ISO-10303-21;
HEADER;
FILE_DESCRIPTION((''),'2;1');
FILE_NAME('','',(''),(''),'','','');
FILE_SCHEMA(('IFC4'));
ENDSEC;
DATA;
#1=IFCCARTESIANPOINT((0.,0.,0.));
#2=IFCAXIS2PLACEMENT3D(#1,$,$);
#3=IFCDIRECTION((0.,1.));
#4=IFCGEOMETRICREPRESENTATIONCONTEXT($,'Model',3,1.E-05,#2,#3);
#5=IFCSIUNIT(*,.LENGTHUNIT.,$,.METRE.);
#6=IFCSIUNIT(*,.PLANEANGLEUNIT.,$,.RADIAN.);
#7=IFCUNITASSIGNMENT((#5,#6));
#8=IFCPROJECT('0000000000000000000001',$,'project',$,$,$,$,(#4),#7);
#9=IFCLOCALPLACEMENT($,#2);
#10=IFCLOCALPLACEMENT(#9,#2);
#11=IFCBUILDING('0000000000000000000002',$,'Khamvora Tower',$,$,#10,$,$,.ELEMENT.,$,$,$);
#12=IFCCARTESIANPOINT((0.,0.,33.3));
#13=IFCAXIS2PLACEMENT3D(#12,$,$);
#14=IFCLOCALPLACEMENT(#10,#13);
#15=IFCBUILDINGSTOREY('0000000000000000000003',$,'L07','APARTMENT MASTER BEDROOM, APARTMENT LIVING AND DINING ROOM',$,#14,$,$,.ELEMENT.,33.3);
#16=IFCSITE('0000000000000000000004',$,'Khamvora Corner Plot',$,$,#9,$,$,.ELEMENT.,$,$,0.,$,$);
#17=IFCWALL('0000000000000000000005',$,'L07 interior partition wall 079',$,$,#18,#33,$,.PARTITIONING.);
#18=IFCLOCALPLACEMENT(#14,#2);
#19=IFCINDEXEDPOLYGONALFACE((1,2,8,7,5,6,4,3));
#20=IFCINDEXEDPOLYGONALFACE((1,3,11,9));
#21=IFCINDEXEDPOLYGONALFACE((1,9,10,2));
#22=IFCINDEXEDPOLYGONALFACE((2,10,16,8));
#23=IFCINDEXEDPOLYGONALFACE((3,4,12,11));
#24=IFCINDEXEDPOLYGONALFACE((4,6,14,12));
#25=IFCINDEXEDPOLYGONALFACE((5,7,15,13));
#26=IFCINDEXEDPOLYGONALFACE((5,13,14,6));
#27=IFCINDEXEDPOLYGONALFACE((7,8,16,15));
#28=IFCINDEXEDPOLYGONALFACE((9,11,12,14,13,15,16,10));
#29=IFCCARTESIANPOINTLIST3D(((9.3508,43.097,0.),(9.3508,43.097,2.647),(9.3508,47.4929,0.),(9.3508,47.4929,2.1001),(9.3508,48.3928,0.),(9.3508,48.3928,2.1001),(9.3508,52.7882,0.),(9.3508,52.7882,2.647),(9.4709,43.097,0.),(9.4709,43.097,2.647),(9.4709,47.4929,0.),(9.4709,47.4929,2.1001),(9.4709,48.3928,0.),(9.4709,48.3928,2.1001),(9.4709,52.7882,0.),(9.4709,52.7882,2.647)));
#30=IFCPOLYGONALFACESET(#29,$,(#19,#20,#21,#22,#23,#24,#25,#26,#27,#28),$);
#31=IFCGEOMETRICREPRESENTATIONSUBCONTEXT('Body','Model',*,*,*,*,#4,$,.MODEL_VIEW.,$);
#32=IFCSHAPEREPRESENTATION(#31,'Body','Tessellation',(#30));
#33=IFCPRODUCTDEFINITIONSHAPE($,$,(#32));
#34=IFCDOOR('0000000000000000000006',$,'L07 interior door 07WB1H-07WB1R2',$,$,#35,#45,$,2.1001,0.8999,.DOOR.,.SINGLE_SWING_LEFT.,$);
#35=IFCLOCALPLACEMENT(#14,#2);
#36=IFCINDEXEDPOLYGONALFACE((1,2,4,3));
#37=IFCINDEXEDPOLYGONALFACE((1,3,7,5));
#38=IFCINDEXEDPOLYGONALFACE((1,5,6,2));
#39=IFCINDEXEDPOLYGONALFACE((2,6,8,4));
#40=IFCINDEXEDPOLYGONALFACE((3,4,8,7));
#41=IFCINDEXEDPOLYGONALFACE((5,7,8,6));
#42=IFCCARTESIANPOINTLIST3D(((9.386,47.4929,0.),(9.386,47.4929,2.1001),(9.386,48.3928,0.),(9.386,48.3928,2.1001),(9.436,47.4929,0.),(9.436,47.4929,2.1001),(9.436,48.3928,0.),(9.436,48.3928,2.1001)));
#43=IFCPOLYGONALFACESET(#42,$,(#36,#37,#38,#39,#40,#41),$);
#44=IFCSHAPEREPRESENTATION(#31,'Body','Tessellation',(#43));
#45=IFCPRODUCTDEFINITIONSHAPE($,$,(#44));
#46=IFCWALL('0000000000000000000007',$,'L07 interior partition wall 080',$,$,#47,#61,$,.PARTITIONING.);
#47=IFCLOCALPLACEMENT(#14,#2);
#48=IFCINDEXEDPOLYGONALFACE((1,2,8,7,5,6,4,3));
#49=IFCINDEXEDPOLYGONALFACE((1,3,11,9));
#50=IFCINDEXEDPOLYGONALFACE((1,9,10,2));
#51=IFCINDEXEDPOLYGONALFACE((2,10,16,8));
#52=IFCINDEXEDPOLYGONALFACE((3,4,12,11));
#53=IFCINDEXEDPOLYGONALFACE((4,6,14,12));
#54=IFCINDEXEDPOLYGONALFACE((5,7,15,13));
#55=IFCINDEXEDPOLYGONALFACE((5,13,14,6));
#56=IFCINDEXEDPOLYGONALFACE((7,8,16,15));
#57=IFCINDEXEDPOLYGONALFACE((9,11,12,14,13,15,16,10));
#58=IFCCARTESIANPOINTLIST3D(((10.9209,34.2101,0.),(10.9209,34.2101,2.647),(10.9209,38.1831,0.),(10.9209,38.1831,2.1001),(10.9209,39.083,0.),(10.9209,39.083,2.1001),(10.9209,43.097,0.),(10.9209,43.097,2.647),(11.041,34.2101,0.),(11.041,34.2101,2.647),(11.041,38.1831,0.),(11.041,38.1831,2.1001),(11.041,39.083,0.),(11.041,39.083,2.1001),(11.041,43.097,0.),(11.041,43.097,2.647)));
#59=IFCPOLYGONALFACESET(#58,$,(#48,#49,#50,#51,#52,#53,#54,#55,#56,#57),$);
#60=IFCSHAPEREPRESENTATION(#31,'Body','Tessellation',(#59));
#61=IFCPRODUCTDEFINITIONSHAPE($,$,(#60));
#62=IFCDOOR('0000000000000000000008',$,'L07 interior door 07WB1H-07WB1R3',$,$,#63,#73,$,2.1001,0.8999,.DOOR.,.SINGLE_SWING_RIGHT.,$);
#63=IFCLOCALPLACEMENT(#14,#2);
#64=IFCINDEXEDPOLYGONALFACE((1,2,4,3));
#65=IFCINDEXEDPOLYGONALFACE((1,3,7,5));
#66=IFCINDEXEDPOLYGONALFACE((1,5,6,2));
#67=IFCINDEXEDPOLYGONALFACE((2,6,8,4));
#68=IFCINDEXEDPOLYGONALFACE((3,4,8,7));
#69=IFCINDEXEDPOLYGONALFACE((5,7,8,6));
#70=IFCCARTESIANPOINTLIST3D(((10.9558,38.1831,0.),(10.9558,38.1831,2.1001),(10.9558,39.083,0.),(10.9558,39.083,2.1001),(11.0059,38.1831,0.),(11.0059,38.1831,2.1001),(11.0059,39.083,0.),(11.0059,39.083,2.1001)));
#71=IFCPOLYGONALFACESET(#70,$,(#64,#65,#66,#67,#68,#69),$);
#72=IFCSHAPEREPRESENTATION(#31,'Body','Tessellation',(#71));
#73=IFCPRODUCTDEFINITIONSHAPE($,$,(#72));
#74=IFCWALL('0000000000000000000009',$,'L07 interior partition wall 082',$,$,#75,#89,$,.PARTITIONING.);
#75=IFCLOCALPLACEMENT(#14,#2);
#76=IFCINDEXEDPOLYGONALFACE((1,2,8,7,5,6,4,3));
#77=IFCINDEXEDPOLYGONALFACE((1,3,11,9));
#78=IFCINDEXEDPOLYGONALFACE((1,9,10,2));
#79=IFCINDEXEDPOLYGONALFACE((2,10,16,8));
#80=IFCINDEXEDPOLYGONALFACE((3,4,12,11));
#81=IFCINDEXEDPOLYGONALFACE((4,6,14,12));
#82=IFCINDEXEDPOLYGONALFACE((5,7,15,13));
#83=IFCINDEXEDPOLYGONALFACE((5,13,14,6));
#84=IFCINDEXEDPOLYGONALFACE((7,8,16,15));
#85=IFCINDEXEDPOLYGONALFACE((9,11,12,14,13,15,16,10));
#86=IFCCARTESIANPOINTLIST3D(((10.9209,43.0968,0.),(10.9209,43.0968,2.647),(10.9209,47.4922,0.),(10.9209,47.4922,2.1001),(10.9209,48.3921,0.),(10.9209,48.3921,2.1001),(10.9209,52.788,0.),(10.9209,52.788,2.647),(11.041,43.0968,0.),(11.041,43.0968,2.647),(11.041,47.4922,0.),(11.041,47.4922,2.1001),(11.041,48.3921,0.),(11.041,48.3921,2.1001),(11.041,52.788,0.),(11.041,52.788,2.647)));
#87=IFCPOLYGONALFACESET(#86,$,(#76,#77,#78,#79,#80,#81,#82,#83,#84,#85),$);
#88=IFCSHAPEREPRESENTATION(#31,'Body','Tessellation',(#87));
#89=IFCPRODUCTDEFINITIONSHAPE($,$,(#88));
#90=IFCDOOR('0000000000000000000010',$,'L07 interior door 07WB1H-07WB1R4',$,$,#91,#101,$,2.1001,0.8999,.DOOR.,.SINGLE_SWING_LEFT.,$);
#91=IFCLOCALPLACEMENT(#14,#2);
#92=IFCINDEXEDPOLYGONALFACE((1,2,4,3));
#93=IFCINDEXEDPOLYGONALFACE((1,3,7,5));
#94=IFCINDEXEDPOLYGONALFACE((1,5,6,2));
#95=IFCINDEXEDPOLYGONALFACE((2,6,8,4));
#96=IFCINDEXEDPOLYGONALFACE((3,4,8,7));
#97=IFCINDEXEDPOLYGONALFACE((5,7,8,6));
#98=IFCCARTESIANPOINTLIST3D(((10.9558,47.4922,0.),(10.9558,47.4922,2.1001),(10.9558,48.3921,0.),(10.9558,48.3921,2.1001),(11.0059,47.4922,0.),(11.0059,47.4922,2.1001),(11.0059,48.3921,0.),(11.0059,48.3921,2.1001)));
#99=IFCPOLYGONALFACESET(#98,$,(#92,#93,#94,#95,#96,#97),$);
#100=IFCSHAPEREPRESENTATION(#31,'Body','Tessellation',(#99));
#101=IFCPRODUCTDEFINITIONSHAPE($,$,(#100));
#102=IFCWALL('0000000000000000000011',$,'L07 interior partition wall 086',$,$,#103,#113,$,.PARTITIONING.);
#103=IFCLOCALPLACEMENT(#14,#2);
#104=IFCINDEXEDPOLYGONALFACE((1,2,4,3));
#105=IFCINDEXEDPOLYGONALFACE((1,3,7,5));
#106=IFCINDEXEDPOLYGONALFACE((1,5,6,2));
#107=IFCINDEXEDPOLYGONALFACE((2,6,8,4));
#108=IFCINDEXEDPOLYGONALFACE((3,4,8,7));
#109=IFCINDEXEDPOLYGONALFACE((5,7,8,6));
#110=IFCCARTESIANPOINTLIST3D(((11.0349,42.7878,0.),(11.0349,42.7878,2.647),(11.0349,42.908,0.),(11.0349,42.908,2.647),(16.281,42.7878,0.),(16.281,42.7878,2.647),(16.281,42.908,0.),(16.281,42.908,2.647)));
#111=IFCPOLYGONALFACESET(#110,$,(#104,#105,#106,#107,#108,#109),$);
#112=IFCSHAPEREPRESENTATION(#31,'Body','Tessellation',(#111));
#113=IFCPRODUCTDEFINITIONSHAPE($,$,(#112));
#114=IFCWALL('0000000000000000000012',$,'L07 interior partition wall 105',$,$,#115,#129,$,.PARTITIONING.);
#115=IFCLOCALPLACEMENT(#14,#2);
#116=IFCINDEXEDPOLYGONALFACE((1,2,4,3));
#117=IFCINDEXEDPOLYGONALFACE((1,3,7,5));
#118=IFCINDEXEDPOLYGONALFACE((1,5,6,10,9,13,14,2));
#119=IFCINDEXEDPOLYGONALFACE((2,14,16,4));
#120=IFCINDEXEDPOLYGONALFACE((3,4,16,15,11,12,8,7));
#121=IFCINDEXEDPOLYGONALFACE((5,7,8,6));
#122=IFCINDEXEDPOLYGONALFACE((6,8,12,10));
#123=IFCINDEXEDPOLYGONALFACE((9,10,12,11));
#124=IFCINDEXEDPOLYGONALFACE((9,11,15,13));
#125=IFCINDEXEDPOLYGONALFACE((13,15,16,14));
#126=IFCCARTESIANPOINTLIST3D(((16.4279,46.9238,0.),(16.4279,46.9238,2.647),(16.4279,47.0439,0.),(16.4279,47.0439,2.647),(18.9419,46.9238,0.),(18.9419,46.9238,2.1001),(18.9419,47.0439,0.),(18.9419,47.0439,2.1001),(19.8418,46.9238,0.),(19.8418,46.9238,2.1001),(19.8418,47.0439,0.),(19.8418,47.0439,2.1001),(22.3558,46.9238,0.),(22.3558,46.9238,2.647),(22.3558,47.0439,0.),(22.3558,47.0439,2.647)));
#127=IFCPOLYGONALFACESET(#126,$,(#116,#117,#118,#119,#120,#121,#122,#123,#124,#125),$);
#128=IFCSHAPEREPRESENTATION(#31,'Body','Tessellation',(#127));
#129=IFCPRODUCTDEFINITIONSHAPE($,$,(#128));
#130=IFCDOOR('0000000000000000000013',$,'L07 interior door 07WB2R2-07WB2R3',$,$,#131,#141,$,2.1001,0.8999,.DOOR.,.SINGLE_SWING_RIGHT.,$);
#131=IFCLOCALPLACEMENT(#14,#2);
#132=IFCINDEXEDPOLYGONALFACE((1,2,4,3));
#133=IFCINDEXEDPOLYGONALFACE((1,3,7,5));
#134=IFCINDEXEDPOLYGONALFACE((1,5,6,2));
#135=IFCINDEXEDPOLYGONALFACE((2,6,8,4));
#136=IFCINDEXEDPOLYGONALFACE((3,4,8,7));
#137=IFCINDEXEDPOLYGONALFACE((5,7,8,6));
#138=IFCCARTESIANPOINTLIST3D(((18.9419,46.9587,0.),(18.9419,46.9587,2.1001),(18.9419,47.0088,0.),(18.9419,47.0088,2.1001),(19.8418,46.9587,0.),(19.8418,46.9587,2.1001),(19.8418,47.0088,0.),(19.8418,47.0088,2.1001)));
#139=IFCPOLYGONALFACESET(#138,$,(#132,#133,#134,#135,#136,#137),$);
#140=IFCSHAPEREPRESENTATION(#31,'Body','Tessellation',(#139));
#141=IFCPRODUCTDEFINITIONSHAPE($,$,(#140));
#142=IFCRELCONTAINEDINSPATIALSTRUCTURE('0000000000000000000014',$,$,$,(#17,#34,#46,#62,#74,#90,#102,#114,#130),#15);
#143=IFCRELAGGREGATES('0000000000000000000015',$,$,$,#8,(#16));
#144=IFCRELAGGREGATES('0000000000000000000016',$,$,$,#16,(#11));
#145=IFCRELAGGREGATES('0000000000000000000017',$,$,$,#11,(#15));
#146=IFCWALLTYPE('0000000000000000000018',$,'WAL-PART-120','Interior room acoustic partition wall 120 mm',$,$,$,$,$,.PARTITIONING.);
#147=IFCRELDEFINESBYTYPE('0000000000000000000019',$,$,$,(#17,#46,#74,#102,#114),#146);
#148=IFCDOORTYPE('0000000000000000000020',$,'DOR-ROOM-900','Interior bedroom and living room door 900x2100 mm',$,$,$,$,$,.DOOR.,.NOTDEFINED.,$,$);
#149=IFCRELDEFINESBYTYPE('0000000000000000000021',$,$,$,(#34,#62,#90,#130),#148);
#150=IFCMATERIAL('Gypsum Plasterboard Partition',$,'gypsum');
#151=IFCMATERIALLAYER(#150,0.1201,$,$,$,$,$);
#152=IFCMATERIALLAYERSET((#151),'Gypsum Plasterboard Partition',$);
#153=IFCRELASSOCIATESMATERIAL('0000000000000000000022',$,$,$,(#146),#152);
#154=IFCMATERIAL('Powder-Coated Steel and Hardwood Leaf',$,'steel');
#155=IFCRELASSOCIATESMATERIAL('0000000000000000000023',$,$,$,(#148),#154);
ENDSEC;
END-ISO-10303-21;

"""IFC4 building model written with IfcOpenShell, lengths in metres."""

from ifc_helpers import new_model, si_unit, direction, frame, frame_2d, origin, place, context, subcontext, project, spatial, rectangle, extrude, material, layer, layer_set, type_object, element, fill, save


model = new_model("IFC4")

# Units and contexts
model_context = context("Model", 3, precision=1e-05, world=origin(), true_north=direction((0.0, 1.0)))
body_context = subcontext(model_context, "Body", "Model", "MODEL_VIEW")
ifc_project = project(units=[si_unit("LENGTHUNIT", "METRE"), si_unit("PLANEANGLEUNIT", "RADIAN")], contexts=[model_context])

# Site, building, storey
site_placement = place(None, origin())
site = spatial("IfcSite", under=ifc_project, at=site_placement, Name="Khamvora Corner Plot", CompositionType="ELEMENT", RefElevation=0.0)
building_placement = place(site_placement, origin())
building = spatial("IfcBuilding", under=site, at=building_placement, Name="Khamvora Tower", CompositionType="ELEMENT")
storey_placement = place(building_placement, frame((0.0, 0.0, 33.3)))
storey = spatial("IfcBuildingStorey", under=building, at=storey_placement, Name="L07", Description="APARTMENT MASTER BEDROOM, APARTMENT LIVING AND DINING ROOM", CompositionType="ELEMENT", Elevation=33.3)

# Walls, openings, doors
ifc_material_1 = material(Name="Gypsum Plasterboard Partition", Category="gypsum")
ifc_layer_1 = layer(ifc_material_1, 0.1201)
ifc_layer_set_1 = layer_set([ifc_layer_1], Name="Gypsum Plasterboard Partition")
wall_type_1 = type_object("IfcWallType", Name="WAL-PART-120", Description="Interior room acoustic partition wall 120 mm", PredefinedType="PARTITIONING", material=ifc_layer_set_1)
wall_1_placement = place(storey_placement, frame((9.4109, 43.0969, 0.0), z_axis=(0.0, 0.0, 1.0), x_axis=(0.0, 1.0, 0.0)))
wall_1 = element("IfcWall", 1, at=wall_1_placement, inside=storey, type_object=wall_type_1, Name="L07 interior partition wall 079", PredefinedType="PARTITIONING", context=body_context, shape_type="SweptSolid", body=[
    extrude(rectangle(XDim=9.6912, YDim=0.1201, at=frame_2d((4.8457, 0.0))), origin(), (0.0, 0.0, 1.0), 2.647),
])
opening_1_placement = place(wall_1_placement, frame((4.396, 0.0, 0.0)))
opening_1 = element("IfcOpeningElement", 2, at=opening_1_placement, cuts=wall_1, PredefinedType="OPENING", context=body_context, shape_type="SweptSolid", body=[
    extrude(rectangle(XDim=0.8999, YDim=2.1001, at=frame_2d((0.45, 1.05))), frame((0.0, 0.0701, 0.0), z_axis=(0.0, -1.0, 0.0), x_axis=(1.0, 0.0, 0.0)), (0.0, 0.0, 1.0), 0.1401),
])
ifc_material_2 = material(Name="Powder-Coated Steel and Hardwood Leaf", Category="steel")
door_type = type_object("IfcDoorType", Name="DOR-ROOM-900", Description="Interior bedroom and living room door 900x2100 mm", OperationType="NOTDEFINED", PredefinedType="DOOR", material=ifc_material_2)
door_1_placement = place(opening_1_placement, origin())
door_1 = element("IfcDoor", 3, at=door_1_placement, inside=storey, type_object=door_type, Name="L07 interior door 07WB1H-07WB1R2", OperationType="SINGLE_SWING_LEFT", OverallHeight=2.1001, OverallWidth=0.8999, PredefinedType="DOOR", context=body_context, shape_type="SweptSolid", body=[
    extrude(rectangle(XDim=0.8999, YDim=2.1001, at=frame_2d((0.45, 1.05))), frame((0.0, 0.0249, 0.0), z_axis=(0.0, -1.0, 0.0), x_axis=(1.0, 0.0, 0.0)), (0.0, 0.0, 1.0), 0.05),
])
fill(opening_1, door_1)
wall_2_placement = place(storey_placement, frame((10.981, 43.0969, 0.0), z_axis=(0.0, 0.0, 1.0), x_axis=(0.0, -1.0, 0.0)))
wall_2 = element("IfcWall", 4, at=wall_2_placement, inside=storey, type_object=wall_type_1, Name="L07 interior partition wall 080", PredefinedType="PARTITIONING", context=body_context, shape_type="SweptSolid", body=[
    extrude(rectangle(XDim=8.887, YDim=0.1201, at=frame_2d((4.4434, 0.0))), origin(), (0.0, 0.0, 1.0), 2.647),
])
opening_2_placement = place(wall_2_placement, frame((4.0139, 0.0, 0.0)))
opening_2 = element("IfcOpeningElement", 5, at=opening_2_placement, cuts=wall_2, PredefinedType="OPENING", context=body_context, shape_type="SweptSolid", body=[
    extrude(rectangle(XDim=0.8999, YDim=2.1001, at=frame_2d((0.45, 1.05))), frame((0.0, 0.0701, 0.0), z_axis=(0.0, -1.0, 0.0), x_axis=(1.0, 0.0, 0.0)), (0.0, 0.0, 1.0), 0.1401),
])
door_2_placement = place(opening_2_placement, origin())
door_2 = element("IfcDoor", 6, at=door_2_placement, inside=storey, type_object=door_type, Name="L07 interior door 07WB1H-07WB1R3", OperationType="SINGLE_SWING_RIGHT", OverallHeight=2.1001, OverallWidth=0.8999, PredefinedType="DOOR", context=body_context, shape_type="SweptSolid", body=[
    extrude(rectangle(XDim=0.8999, YDim=2.1001, at=frame_2d((0.45, 1.05))), frame((0.0, 0.0249, 0.0), z_axis=(0.0, -1.0, 0.0), x_axis=(1.0, 0.0, 0.0)), (0.0, 0.0, 1.0), 0.05),
])
fill(opening_2, door_2)
wall_3_placement = place(storey_placement, frame((10.981, 52.7881, 0.0), z_axis=(0.0, 0.0, 1.0), x_axis=(0.0, -1.0, 0.0)))
wall_3 = element("IfcWall", 7, at=wall_3_placement, inside=storey, type_object=wall_type_1, Name="L07 interior partition wall 082", PredefinedType="PARTITIONING", context=body_context, shape_type="SweptSolid", body=[
    extrude(rectangle(XDim=9.6912, YDim=0.1201, at=frame_2d((4.8457, 0.0))), origin(), (0.0, 0.0, 1.0), 2.647),
])
opening_3_placement = place(wall_3_placement, frame((4.396, 0.0, 0.0)))
opening_3 = element("IfcOpeningElement", 8, at=opening_3_placement, cuts=wall_3, PredefinedType="OPENING", context=body_context, shape_type="SweptSolid", body=[
    extrude(rectangle(XDim=0.8999, YDim=2.1001, at=frame_2d((0.45, 1.05))), frame((0.0, 0.0701, 0.0), z_axis=(0.0, -1.0, 0.0), x_axis=(1.0, 0.0, 0.0)), (0.0, 0.0, 1.0), 0.1401),
])
door_3_placement = place(opening_3_placement, origin())
door_3 = element("IfcDoor", 9, at=door_3_placement, inside=storey, type_object=door_type, Name="L07 interior door 07WB1H-07WB1R4", OperationType="SINGLE_SWING_LEFT", OverallHeight=2.1001, OverallWidth=0.8999, PredefinedType="DOOR", context=body_context, shape_type="SweptSolid", body=[
    extrude(rectangle(XDim=0.8999, YDim=2.1001, at=frame_2d((0.45, 1.05))), frame((0.0, 0.0249, 0.0), z_axis=(0.0, -1.0, 0.0), x_axis=(1.0, 0.0, 0.0)), (0.0, 0.0, 1.0), 0.05),
])
fill(opening_3, door_3)

# Wall
wall_4_placement = place(storey_placement, frame((11.0349, 42.8479, 0.0), z_axis=(0.0, 0.0, 1.0), x_axis=(1.0, 0.0, 0.0)))
element("IfcWall", 10, at=wall_4_placement, inside=storey, type_object=wall_type_1, Name="L07 interior partition wall 086", PredefinedType="PARTITIONING", context=body_context, shape_type="SweptSolid", body=[
    extrude(rectangle(XDim=5.2461, YDim=0.1201, at=frame_2d((2.623, 0.0))), origin(), (0.0, 0.0, 1.0), 2.647),
])

# Wall, opening, door
wall_5_placement = place(storey_placement, frame((16.428, 46.9839, 0.0), z_axis=(0.0, 0.0, 1.0), x_axis=(1.0, 0.0, 0.0)))
wall_5 = element("IfcWall", 11, at=wall_5_placement, inside=storey, type_object=wall_type_1, Name="L07 interior partition wall 105", PredefinedType="PARTITIONING", context=body_context, shape_type="SweptSolid", body=[
    extrude(rectangle(XDim=5.928, YDim=0.1201, at=frame_2d((2.9639, 0.0))), origin(), (0.0, 0.0, 1.0), 2.647),
])
opening_4_placement = place(wall_5_placement, frame((2.5139, 0.0, 0.0)))
opening_4 = element("IfcOpeningElement", 12, at=opening_4_placement, cuts=wall_5, PredefinedType="OPENING", context=body_context, shape_type="SweptSolid", body=[
    extrude(rectangle(XDim=0.8999, YDim=2.1001, at=frame_2d((0.45, 1.05))), frame((0.0, 0.0701, 0.0), z_axis=(0.0, -1.0, 0.0), x_axis=(1.0, 0.0, 0.0)), (0.0, 0.0, 1.0), 0.1401),
])
door_4_placement = place(opening_4_placement, origin())
door_4 = element("IfcDoor", 13, at=door_4_placement, inside=storey, type_object=door_type, Name="L07 interior door 07WB2R2-07WB2R3", OperationType="SINGLE_SWING_RIGHT", OverallHeight=2.1001, OverallWidth=0.8999, PredefinedType="DOOR", context=body_context, shape_type="SweptSolid", body=[
    extrude(rectangle(XDim=0.8999, YDim=2.1001, at=frame_2d((0.45, 1.05))), frame((0.0, 0.0249, 0.0), z_axis=(0.0, -1.0, 0.0), x_axis=(1.0, 0.0, 0.0)), (0.0, 0.0, 1.0), 0.05),
])
fill(opening_4, door_4)

save(model, "model.ifc")
